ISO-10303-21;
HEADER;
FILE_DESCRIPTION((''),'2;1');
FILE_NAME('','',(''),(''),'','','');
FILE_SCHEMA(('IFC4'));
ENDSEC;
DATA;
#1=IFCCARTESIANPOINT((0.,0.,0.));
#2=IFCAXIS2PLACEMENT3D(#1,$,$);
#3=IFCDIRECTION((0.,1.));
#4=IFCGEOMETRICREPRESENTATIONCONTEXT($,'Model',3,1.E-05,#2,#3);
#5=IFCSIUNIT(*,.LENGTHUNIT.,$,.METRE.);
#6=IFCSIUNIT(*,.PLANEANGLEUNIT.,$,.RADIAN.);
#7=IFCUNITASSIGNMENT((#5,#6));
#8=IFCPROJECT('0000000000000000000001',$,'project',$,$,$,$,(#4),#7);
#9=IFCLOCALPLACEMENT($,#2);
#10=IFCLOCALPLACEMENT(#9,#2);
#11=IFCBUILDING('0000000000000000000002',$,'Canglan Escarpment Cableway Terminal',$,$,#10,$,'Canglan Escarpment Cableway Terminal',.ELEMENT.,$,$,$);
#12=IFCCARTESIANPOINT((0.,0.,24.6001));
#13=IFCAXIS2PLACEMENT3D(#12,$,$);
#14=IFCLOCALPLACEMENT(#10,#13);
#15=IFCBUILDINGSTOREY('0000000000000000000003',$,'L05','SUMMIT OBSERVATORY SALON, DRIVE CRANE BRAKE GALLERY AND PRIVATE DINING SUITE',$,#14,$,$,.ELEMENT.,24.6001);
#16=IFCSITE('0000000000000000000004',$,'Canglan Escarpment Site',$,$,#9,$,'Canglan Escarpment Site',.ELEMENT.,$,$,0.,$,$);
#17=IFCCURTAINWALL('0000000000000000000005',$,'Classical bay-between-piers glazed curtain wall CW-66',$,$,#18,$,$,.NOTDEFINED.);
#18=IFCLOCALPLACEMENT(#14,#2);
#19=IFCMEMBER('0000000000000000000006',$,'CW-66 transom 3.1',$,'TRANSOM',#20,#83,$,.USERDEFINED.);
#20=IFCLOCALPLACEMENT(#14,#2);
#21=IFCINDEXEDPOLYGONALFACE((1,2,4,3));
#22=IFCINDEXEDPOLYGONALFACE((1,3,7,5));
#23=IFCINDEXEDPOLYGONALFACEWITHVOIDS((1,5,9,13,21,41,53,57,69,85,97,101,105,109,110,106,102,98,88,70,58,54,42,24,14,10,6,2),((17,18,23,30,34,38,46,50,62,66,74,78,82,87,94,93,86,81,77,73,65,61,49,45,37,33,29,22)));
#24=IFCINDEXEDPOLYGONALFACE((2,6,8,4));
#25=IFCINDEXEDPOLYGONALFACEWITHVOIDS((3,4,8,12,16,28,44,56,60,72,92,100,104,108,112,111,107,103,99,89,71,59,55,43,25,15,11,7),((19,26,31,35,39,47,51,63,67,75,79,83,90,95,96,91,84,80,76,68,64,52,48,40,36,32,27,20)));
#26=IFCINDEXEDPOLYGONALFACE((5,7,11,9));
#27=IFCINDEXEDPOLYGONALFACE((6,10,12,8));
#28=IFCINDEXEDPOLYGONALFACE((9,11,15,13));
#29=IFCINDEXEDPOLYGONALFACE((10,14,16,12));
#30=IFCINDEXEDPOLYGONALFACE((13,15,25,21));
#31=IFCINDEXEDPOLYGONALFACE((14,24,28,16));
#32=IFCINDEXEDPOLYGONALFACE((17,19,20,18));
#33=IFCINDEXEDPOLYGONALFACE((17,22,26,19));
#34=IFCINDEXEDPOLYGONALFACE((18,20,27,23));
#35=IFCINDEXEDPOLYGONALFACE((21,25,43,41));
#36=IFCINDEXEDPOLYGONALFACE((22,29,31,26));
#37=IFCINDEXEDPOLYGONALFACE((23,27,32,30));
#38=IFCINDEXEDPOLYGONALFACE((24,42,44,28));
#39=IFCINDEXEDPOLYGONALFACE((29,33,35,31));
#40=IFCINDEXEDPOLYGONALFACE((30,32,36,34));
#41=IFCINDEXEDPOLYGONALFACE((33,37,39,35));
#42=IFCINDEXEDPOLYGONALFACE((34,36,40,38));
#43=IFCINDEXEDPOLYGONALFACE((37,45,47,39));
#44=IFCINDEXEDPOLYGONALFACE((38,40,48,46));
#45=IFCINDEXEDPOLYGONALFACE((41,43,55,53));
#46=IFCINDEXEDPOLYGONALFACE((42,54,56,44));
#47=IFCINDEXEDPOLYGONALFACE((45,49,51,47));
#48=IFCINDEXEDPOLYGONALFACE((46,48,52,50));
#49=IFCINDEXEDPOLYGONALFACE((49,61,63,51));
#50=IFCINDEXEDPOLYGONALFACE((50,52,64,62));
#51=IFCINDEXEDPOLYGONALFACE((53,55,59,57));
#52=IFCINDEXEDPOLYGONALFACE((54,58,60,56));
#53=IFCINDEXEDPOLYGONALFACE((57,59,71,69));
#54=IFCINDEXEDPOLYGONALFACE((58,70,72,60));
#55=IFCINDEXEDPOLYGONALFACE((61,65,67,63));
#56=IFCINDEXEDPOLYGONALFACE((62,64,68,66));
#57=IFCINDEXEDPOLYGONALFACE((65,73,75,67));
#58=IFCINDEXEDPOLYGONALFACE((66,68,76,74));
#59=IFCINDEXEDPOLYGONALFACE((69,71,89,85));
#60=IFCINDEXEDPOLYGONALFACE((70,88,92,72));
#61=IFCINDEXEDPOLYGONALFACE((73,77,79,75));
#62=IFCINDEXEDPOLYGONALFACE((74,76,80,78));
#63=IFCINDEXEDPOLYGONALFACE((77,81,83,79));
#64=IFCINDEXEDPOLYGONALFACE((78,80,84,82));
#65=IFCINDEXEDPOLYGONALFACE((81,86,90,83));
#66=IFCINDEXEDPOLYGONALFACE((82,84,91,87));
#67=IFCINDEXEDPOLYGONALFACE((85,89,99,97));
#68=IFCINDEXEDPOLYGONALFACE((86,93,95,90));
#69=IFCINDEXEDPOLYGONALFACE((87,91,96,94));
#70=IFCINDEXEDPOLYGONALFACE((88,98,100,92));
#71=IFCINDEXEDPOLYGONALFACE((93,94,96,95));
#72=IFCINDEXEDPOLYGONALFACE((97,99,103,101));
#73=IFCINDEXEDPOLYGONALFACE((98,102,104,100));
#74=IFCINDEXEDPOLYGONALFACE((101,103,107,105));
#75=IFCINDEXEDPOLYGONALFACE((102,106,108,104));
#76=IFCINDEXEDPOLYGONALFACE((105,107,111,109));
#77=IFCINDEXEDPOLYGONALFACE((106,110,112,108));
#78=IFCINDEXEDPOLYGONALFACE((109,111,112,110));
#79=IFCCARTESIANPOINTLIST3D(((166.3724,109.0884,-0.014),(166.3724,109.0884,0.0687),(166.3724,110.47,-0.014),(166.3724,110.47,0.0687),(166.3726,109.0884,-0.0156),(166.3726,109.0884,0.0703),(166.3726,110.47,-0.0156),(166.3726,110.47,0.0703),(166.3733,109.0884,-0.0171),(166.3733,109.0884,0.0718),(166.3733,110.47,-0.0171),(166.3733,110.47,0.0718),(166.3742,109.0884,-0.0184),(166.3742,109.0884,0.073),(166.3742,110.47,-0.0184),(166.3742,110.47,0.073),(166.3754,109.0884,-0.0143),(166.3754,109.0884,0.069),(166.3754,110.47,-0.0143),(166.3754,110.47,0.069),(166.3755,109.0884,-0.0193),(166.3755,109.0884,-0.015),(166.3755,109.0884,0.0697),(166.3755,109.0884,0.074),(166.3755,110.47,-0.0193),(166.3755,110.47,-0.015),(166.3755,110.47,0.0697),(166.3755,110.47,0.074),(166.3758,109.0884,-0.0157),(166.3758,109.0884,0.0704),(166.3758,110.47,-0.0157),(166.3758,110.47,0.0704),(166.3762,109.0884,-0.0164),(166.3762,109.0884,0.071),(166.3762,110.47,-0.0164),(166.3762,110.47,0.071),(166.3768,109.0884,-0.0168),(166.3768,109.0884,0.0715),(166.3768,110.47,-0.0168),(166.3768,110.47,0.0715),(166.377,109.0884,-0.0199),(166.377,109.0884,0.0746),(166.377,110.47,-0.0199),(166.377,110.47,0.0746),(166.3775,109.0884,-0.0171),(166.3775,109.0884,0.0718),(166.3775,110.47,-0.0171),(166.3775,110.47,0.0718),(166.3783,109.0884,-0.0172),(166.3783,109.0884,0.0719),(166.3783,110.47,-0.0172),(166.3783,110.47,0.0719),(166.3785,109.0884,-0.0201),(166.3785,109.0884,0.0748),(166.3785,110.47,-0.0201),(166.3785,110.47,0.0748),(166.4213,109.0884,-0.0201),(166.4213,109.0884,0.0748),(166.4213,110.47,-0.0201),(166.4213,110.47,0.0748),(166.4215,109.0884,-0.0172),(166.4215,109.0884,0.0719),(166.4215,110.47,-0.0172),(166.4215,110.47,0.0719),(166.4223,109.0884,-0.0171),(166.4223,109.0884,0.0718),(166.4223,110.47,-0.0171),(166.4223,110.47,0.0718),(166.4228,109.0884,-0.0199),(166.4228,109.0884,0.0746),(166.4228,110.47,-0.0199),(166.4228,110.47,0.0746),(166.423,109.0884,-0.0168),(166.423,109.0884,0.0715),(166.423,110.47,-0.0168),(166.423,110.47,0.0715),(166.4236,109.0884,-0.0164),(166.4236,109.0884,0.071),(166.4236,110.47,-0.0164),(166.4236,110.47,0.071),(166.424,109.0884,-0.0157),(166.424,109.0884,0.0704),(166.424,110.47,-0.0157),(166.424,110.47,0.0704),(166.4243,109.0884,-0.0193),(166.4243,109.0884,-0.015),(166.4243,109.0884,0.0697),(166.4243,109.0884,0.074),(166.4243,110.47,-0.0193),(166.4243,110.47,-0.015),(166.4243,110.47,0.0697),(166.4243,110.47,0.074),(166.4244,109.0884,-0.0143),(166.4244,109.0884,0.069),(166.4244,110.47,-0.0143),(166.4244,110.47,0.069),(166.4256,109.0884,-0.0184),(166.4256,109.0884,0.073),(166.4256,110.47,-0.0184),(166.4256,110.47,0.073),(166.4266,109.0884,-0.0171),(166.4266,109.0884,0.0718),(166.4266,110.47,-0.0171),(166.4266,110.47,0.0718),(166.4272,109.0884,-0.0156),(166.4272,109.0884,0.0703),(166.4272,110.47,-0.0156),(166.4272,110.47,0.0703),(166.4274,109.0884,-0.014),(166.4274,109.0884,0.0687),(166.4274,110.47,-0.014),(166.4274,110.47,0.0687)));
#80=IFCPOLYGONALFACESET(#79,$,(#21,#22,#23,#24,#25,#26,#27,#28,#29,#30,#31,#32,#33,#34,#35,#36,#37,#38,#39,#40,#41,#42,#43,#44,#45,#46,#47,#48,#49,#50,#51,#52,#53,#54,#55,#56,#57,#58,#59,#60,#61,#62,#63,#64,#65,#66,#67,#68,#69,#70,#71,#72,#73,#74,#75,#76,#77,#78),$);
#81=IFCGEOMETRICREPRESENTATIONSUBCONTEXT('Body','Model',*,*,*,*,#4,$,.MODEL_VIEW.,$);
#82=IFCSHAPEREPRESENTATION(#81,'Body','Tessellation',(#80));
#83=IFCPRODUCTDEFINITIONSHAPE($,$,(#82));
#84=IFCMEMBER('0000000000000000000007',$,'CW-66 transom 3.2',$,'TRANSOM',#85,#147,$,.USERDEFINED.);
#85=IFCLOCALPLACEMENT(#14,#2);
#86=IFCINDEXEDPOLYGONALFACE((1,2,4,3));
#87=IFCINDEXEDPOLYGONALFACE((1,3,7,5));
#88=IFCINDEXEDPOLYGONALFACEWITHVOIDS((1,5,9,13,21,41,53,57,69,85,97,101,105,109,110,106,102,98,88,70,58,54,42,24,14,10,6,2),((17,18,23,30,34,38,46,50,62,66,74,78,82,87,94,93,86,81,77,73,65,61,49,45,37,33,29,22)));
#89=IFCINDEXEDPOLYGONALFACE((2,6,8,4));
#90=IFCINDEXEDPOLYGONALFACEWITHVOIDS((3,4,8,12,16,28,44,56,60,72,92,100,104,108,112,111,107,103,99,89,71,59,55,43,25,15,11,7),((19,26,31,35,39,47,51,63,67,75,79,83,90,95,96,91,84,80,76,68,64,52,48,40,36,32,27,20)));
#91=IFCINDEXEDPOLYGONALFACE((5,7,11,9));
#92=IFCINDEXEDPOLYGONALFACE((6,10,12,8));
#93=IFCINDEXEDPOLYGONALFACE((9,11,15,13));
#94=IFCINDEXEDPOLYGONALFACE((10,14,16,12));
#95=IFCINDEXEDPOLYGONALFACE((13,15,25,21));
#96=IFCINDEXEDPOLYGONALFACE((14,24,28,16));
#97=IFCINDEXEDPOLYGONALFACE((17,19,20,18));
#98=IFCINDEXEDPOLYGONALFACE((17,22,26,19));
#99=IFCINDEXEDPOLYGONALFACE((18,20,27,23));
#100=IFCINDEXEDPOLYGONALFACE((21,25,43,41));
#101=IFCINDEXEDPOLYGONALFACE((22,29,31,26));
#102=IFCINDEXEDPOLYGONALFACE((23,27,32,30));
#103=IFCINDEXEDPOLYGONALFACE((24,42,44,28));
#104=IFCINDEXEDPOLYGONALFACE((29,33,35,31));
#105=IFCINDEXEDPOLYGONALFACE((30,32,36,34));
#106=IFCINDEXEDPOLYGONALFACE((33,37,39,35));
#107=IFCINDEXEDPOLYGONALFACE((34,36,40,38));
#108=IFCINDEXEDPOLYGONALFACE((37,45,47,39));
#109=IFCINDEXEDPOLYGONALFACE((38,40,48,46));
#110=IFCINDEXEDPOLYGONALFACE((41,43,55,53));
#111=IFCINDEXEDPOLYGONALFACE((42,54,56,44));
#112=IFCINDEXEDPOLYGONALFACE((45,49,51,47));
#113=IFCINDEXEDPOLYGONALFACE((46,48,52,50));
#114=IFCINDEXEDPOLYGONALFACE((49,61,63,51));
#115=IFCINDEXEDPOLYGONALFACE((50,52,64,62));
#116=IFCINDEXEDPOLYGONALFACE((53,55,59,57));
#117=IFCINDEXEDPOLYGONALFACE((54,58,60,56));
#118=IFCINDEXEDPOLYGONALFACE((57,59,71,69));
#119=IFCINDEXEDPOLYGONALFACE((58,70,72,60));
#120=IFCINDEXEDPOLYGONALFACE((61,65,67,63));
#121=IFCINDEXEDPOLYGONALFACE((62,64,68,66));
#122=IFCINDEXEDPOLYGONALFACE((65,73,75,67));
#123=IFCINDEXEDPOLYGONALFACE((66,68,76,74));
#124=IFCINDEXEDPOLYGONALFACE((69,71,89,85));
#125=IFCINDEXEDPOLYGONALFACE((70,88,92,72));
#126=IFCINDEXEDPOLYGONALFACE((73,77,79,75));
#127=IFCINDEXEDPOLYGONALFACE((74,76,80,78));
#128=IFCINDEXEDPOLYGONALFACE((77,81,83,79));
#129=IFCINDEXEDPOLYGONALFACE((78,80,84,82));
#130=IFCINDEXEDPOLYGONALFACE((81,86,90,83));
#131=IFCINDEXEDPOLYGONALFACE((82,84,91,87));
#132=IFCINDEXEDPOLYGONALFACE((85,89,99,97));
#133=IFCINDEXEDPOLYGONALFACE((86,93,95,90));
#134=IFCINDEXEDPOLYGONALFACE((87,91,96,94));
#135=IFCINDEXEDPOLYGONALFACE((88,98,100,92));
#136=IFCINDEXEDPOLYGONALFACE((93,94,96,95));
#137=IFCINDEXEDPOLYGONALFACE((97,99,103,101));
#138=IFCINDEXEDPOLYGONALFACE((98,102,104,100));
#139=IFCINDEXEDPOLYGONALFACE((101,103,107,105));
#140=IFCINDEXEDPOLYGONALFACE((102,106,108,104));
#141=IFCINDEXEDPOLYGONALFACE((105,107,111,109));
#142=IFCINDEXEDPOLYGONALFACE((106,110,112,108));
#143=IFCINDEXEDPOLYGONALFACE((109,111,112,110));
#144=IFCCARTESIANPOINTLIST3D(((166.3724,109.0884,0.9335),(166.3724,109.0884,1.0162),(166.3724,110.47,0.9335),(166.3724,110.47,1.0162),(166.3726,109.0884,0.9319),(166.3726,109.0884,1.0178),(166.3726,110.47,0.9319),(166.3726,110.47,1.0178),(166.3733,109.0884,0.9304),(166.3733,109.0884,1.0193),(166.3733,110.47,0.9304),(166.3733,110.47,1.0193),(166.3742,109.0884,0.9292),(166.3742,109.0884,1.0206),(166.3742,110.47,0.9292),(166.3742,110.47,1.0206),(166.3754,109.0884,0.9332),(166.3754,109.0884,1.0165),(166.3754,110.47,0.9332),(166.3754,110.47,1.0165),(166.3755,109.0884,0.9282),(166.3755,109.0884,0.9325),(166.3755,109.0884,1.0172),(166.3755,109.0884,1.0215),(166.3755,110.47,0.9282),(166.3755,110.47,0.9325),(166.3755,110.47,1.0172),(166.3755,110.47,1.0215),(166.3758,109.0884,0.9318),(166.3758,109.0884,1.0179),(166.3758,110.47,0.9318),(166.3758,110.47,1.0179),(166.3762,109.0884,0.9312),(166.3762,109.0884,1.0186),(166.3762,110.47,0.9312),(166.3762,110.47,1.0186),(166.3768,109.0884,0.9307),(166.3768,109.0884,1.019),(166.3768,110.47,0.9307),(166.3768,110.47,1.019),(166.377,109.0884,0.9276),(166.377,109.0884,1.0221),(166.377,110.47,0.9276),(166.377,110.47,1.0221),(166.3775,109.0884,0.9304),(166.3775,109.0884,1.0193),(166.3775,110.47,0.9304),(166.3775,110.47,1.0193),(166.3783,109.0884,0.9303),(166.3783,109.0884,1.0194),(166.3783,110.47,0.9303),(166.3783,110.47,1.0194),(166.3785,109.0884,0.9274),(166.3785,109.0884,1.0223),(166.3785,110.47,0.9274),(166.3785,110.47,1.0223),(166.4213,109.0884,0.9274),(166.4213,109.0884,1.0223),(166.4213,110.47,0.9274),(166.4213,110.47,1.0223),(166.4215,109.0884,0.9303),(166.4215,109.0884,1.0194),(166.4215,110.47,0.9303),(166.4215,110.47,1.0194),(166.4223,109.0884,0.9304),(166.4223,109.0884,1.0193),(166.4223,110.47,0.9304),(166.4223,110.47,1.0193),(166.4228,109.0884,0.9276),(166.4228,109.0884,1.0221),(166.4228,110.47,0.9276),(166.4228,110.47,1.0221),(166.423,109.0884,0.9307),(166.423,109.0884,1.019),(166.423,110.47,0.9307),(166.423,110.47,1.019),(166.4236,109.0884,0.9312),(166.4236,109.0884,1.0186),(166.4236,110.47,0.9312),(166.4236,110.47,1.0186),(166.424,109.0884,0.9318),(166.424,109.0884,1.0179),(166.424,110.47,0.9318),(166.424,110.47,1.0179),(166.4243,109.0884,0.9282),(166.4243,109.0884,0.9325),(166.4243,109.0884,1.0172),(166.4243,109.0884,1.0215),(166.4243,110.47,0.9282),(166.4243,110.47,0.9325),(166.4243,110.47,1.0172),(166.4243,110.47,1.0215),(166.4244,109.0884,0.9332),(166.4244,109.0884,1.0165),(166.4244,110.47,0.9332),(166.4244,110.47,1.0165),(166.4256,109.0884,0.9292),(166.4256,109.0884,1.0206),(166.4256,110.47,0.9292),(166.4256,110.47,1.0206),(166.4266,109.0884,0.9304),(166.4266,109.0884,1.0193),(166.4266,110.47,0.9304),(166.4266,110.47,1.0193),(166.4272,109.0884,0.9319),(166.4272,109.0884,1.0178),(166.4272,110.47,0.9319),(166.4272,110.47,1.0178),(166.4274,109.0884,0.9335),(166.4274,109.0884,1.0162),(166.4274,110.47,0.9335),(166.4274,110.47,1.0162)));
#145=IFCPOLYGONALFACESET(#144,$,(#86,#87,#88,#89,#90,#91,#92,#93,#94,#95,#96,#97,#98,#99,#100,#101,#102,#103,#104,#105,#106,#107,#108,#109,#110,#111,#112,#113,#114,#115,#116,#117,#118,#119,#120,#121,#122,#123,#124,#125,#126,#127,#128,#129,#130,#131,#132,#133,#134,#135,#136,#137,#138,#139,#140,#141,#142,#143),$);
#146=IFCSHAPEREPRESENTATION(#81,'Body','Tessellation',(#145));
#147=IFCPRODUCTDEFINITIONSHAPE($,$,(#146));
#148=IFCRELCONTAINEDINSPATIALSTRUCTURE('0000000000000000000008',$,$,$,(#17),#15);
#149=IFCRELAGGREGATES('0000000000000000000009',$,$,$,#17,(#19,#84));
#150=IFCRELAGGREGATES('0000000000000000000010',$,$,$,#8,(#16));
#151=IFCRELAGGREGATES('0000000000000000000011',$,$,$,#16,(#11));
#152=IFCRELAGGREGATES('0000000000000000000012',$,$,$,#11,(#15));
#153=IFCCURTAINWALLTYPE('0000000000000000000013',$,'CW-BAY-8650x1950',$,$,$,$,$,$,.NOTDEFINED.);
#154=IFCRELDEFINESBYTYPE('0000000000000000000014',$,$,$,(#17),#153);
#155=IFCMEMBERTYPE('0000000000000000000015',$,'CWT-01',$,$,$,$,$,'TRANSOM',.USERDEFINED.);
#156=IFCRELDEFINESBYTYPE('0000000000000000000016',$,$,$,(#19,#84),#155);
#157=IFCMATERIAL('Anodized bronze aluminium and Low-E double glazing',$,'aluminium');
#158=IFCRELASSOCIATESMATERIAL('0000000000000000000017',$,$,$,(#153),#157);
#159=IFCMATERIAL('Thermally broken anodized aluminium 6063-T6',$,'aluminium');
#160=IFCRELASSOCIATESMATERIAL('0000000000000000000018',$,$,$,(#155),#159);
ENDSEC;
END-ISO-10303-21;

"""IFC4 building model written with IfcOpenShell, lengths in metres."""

from ifc_helpers import new_model, si_unit, direction, frame, origin, origin_2d, place, context, subcontext, project, spatial, hollow_rectangle, extrude, material, material_profile, profile_set, type_object, element, aggregate, save


model = new_model("IFC4")

# Units and contexts
model_context = context("Model", 3, precision=1e-05, world=origin(), true_north=direction((0.0, 1.0)))
body_context = subcontext(model_context, "Body", "Model", "MODEL_VIEW")
ifc_project = project(units=[si_unit("LENGTHUNIT", "METRE"), si_unit("PLANEANGLEUNIT", "RADIAN")], contexts=[model_context])

# Site, building, storey
site_placement = place(None, origin())
site = spatial("IfcSite", under=ifc_project, at=site_placement, Name="Canglan Escarpment Site", LongName="Canglan Escarpment Site", CompositionType="ELEMENT", RefElevation=0.0)
building_placement = place(site_placement, origin())
building = spatial("IfcBuilding", under=site, at=building_placement, Name="Canglan Escarpment Cableway Terminal", LongName="Canglan Escarpment Cableway Terminal", CompositionType="ELEMENT")
storey_placement = place(building_placement, frame((0.0, 0.0, 24.6001)))
storey = spatial("IfcBuildingStorey", under=building, at=storey_placement, Name="L05", Description="SUMMIT OBSERVATORY SALON, DRIVE CRANE BRAKE GALLERY AND PRIVATE DINING SUITE", CompositionType="ELEMENT", Elevation=24.6001)

# Curtain wall
ifc_material_1 = material(Name="Anodized bronze aluminium and Low-E double glazing", Category="aluminium")
curtain_wall_type = type_object("IfcCurtainWallType", Name="CW-BAY-8650x1950", PredefinedType="NOTDEFINED", material=ifc_material_1)
curtain_wall_1_placement = place(storey_placement, origin())
curtain_wall_1 = element("IfcCurtainWall", 1, at=curtain_wall_1_placement, inside=storey, type_object=curtain_wall_type, Name="Classical bay-between-piers glazed curtain wall CW-66", PredefinedType="NOTDEFINED")
ifc_material_2 = material(Name="Thermally broken anodized aluminium 6063-T6", Category="aluminium")

# Members
ifc_material_profile_1 = material_profile(ifc_material_2, hollow_rectangle(XDim=0.0549, YDim=0.095, WallThickness=0.0029, InnerFilletRadius=0.0029, OuterFilletRadius=0.0061, at=origin_2d()), Name="ALU-TRAN 55x95x3")
ifc_profile_set_1 = profile_set([ifc_material_profile_1], Name="Thermally broken anodized aluminium 6063-T6")
member_type_1 = type_object("IfcMemberType", Name="CWT-01", ElementType="TRANSOM", PredefinedType="USERDEFINED", material=ifc_profile_set_1)
member_1_placement = place(storey_placement, frame((166.3999, 109.0884, 0.0273), z_axis=(0.0, 1.0, 0.0), x_axis=(-1.0, 0.0, 0.0)))
member_1 = element("IfcMember", 2, at=member_1_placement, type_object=member_type_1, Name="CW-66 transom 3.1", ObjectType="TRANSOM", PredefinedType="USERDEFINED", context=body_context, shape_type="SweptSolid", body=[
    extrude(hollow_rectangle(XDim=0.0549, YDim=0.095, WallThickness=0.0029, InnerFilletRadius=0.0029, OuterFilletRadius=0.0061, at=origin_2d()), origin(), (0.0, 0.0, 1.0), 1.3816),
])
member_2_placement = place(storey_placement, frame((166.3999, 109.0884, 0.9749), z_axis=(0.0, 1.0, 0.0), x_axis=(-1.0, 0.0, 0.0)))
member_2 = element("IfcMember", 3, at=member_2_placement, type_object=member_type_1, Name="CW-66 transom 3.2", ObjectType="TRANSOM", PredefinedType="USERDEFINED", context=body_context, shape_type="SweptSolid", body=[
    extrude(hollow_rectangle(XDim=0.0549, YDim=0.095, WallThickness=0.0029, InnerFilletRadius=0.0029, OuterFilletRadius=0.0061, at=origin_2d()), origin(), (0.0, 0.0, 1.0), 1.3816),
])

aggregate(curtain_wall_1, [member_1, member_2])

save(model, "model.ifc")
